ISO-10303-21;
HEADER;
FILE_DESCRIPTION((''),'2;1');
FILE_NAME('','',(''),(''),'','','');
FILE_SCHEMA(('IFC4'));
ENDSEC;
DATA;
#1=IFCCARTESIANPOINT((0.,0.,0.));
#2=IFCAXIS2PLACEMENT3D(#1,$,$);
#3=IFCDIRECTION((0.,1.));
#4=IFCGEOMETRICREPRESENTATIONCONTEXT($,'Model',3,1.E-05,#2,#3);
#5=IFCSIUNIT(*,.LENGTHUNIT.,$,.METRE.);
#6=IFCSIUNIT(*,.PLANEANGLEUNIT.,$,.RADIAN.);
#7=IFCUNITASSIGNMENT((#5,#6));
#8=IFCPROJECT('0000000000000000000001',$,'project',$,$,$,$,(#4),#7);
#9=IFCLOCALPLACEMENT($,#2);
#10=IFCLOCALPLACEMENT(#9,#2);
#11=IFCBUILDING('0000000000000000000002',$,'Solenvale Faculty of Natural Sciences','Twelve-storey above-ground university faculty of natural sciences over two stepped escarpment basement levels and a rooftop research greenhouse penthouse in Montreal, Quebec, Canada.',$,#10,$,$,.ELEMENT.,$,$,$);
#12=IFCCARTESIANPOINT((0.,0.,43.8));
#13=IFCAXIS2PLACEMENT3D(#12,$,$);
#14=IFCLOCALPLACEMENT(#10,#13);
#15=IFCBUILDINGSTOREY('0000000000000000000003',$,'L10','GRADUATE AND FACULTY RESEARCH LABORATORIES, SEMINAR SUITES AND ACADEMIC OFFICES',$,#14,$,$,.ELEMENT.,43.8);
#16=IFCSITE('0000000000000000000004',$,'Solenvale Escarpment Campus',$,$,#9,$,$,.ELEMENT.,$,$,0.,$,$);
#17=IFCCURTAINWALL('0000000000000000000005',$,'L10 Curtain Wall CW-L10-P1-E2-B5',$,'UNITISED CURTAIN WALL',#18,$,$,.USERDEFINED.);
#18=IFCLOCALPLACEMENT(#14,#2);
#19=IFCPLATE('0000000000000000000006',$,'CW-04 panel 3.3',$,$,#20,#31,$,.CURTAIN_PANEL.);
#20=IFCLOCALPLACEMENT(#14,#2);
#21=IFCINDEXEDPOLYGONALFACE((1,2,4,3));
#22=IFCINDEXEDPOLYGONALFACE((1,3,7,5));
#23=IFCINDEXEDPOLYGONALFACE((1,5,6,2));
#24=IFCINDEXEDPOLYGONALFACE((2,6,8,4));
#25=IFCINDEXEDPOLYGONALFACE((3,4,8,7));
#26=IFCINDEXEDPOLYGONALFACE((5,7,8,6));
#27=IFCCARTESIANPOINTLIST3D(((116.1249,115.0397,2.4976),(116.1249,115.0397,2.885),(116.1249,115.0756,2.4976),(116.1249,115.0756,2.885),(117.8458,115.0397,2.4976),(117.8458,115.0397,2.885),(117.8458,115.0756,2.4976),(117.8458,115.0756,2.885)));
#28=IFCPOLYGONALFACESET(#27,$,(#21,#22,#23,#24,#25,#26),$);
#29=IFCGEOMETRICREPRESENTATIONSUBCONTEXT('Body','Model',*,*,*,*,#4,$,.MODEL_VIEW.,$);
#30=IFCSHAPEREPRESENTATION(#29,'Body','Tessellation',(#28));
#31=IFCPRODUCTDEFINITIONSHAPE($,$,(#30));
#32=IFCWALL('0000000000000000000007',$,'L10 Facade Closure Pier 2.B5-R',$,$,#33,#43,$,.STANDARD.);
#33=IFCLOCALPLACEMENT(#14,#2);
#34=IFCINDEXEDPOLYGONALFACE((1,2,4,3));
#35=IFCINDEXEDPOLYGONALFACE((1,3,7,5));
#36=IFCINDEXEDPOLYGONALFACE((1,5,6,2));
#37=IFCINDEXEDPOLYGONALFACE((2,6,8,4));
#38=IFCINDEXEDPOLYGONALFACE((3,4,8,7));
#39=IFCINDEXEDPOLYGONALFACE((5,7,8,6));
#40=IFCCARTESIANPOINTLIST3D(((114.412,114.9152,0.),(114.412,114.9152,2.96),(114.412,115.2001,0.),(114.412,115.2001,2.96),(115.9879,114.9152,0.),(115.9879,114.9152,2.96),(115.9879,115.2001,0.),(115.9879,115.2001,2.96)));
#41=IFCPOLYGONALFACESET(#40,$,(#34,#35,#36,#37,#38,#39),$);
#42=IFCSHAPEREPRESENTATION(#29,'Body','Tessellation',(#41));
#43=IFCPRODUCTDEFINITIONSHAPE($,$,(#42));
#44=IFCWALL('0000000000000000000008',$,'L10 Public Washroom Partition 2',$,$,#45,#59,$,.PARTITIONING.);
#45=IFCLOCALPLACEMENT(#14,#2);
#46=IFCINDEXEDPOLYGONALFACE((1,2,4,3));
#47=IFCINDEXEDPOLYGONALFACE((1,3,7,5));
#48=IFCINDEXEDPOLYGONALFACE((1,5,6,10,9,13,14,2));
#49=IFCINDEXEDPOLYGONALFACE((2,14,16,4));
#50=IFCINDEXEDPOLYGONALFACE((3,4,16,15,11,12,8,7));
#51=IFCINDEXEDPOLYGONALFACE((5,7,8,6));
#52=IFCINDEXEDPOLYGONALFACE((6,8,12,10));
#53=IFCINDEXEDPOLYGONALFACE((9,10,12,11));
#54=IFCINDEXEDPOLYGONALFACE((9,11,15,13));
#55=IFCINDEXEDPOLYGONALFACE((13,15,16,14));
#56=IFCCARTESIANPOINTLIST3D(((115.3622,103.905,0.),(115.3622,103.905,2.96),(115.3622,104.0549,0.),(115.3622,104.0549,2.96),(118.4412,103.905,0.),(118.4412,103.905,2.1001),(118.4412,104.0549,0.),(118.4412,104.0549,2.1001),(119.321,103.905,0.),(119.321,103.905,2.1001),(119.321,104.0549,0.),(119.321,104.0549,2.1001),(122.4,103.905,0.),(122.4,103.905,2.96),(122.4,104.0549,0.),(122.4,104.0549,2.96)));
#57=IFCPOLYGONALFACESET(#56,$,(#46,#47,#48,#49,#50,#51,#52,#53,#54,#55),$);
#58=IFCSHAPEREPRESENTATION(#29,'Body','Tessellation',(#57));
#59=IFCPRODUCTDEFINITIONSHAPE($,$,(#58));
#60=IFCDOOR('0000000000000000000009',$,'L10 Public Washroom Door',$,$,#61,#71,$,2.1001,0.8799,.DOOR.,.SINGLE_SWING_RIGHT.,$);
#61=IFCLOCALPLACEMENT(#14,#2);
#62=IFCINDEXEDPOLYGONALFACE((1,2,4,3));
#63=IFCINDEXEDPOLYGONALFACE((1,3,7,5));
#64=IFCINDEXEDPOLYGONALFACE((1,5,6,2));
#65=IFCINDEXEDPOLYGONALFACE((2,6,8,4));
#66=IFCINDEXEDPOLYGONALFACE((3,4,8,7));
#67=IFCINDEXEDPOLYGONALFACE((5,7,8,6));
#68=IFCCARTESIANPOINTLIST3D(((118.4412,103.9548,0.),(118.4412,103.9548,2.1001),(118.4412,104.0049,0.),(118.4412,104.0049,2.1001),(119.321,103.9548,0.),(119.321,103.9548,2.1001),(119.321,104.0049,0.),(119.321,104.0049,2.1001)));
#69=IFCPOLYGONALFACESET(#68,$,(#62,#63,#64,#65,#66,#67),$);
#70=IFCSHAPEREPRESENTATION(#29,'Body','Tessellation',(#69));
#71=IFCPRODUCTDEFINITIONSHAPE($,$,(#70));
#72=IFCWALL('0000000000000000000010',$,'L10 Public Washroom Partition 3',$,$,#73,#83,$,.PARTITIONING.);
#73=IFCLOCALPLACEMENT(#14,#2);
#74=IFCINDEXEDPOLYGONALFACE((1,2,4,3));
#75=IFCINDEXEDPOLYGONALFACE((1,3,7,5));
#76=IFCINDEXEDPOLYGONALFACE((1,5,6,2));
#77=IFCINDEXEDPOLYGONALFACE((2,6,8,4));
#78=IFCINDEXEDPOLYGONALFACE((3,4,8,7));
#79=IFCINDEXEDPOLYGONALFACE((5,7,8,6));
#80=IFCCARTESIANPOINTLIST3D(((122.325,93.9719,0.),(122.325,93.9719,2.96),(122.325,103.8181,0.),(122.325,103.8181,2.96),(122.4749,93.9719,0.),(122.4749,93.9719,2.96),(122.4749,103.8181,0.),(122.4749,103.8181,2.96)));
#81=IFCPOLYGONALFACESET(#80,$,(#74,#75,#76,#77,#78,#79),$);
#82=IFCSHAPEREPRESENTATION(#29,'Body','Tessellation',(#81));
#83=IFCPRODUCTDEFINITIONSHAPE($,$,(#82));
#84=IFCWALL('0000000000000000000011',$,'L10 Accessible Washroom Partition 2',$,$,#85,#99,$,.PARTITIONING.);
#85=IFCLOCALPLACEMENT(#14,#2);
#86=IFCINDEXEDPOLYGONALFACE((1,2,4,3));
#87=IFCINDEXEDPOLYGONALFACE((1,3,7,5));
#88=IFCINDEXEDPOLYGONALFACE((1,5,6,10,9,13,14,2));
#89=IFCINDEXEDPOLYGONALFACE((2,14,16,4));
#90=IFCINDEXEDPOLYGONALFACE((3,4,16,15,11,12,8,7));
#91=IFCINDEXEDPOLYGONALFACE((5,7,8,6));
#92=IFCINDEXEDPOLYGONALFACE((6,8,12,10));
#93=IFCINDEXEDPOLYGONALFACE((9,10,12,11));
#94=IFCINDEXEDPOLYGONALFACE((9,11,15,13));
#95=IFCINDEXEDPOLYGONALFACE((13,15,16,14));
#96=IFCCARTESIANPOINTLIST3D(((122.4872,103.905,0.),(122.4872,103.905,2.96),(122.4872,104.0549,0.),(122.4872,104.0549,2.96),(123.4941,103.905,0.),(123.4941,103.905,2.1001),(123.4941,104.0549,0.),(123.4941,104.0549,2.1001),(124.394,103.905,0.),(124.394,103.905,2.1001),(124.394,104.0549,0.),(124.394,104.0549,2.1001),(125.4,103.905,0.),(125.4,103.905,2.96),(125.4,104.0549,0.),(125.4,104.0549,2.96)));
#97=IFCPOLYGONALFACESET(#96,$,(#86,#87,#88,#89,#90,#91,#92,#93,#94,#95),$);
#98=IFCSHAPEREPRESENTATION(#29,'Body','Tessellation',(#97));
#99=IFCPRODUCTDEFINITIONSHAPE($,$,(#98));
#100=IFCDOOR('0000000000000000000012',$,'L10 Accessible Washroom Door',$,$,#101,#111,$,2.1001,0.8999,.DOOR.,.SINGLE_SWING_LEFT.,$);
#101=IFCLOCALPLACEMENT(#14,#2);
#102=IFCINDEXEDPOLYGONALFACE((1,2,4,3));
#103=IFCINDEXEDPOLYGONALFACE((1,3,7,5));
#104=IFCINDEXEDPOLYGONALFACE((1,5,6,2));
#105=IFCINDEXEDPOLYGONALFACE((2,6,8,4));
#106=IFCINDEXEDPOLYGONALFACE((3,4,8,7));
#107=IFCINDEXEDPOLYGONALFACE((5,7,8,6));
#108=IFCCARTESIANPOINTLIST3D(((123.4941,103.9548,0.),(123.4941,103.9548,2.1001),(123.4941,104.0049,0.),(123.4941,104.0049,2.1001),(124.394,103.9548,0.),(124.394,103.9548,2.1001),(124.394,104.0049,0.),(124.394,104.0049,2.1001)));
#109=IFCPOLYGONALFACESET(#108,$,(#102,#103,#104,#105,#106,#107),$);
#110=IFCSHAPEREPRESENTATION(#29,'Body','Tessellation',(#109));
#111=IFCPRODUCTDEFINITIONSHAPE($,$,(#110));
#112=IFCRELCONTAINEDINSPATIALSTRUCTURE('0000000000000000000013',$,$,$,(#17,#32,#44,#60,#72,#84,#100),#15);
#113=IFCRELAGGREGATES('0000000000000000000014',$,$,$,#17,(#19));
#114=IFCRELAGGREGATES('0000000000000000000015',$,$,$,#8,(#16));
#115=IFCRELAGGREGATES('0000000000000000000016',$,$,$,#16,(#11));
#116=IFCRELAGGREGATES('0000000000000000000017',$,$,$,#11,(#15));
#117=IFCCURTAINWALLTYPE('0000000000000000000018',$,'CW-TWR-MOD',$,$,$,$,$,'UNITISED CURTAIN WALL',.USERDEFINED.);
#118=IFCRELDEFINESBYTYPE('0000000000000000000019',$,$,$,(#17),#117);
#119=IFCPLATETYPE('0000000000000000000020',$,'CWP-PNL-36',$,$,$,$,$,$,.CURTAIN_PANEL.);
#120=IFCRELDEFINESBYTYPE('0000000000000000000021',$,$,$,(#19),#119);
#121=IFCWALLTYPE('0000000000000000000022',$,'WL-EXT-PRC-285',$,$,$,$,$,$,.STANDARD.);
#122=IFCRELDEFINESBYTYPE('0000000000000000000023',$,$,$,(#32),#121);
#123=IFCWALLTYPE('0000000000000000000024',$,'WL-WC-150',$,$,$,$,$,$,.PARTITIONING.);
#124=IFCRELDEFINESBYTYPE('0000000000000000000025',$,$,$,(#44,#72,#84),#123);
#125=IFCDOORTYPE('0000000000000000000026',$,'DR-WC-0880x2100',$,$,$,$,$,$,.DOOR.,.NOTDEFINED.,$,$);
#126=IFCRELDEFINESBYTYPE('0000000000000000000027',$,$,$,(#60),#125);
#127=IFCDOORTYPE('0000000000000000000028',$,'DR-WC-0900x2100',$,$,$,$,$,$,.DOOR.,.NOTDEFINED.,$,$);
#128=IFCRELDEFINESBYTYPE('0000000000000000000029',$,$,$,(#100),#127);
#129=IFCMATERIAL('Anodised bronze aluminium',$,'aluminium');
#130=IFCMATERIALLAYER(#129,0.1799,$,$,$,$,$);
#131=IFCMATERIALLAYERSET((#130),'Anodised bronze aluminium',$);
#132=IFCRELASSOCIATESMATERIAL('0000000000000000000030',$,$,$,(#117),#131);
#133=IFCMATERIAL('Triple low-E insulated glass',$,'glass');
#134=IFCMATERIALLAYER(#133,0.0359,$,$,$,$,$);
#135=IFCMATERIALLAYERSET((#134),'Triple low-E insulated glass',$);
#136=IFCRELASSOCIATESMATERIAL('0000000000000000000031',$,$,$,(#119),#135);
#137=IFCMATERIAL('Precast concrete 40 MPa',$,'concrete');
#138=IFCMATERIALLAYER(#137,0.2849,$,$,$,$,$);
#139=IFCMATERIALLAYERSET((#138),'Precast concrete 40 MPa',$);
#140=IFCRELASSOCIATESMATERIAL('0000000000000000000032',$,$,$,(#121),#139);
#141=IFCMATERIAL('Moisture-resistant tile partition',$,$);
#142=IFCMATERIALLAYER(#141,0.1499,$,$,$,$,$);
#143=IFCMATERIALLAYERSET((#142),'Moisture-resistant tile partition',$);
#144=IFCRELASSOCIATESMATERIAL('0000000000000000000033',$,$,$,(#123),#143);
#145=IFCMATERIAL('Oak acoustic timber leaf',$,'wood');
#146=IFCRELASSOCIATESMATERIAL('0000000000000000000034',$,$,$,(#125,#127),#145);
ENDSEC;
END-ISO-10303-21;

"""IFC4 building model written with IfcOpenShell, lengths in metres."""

from ifc_helpers import new_model, si_unit, direction, frame, frame_2d, origin, origin_2d, place, context, subcontext, project, spatial, rectangle, extrude, material, layer, layer_set, type_object, element, fill, aggregate, save


model = new_model("IFC4")

# Units and contexts
model_context = context("Model", 3, precision=1e-05, world=origin(), true_north=direction((0.0, 1.0)))
body_context = subcontext(model_context, "Body", "Model", "MODEL_VIEW")
ifc_project = project(units=[si_unit("LENGTHUNIT", "METRE"), si_unit("PLANEANGLEUNIT", "RADIAN")], contexts=[model_context])

# Site, building, storey
site_placement = place(None, origin())
site = spatial("IfcSite", under=ifc_project, at=site_placement, Name="Solenvale Escarpment Campus", CompositionType="ELEMENT", RefElevation=0.0)
building_placement = place(site_placement, origin())
building = spatial("IfcBuilding", under=site, at=building_placement, Name="Solenvale Faculty of Natural Sciences", Description="Twelve-storey above-ground university faculty of natural sciences over two stepped escarpment basement levels and a rooftop research greenhouse penthouse in Montreal, Quebec, Canada.", CompositionType="ELEMENT")
storey_placement = place(building_placement, frame((0.0, 0.0, 43.8)))
storey = spatial("IfcBuildingStorey", under=building, at=storey_placement, Name="L10", Description="GRADUATE AND FACULTY RESEARCH LABORATORIES, SEMINAR SUITES AND ACADEMIC OFFICES", CompositionType="ELEMENT", Elevation=43.8)

# Curtain wall
ifc_material_1 = material(Name="Anodised bronze aluminium", Category="aluminium")
ifc_layer_1 = layer(ifc_material_1, 0.1799)
ifc_layer_set_1 = layer_set([ifc_layer_1], Name="Anodised bronze aluminium")
curtain_wall_type = type_object("IfcCurtainWallType", Name="CW-TWR-MOD", ElementType="UNITISED CURTAIN WALL", PredefinedType="USERDEFINED", material=ifc_layer_set_1)
curtain_wall_1_placement = place(storey_placement, origin())
curtain_wall_1 = element("IfcCurtainWall", 1, at=curtain_wall_1_placement, inside=storey, type_object=curtain_wall_type, Name="L10 Curtain Wall CW-L10-P1-E2-B5", ObjectType="UNITISED CURTAIN WALL", PredefinedType="USERDEFINED")

# Plate
ifc_material_2 = material(Name="Triple low-E insulated glass", Category="glass")
ifc_layer_2 = layer(ifc_material_2, 0.0359)
ifc_layer_set_2 = layer_set([ifc_layer_2], Name="Triple low-E insulated glass")
plate_type = type_object("IfcPlateType", Name="CWP-PNL-36", PredefinedType="CURTAIN_PANEL", material=ifc_layer_set_2)
plate_1_placement = place(storey_placement, frame((116.9854, 115.0576, 2.4976), z_axis=(0.0, 0.0, 1.0), x_axis=(-1.0, 0.0, 0.0)))
plate_1 = element("IfcPlate", 2, at=plate_1_placement, type_object=plate_type, Name="CW-04 panel 3.3", PredefinedType="CURTAIN_PANEL", context=body_context, shape_type="SweptSolid", body=[
    extrude(rectangle(XDim=1.7209, YDim=0.0359, at=origin_2d()), origin(), (0.0, 0.0, 1.0), 0.3875),
])
aggregate(curtain_wall_1, [plate_1])

# Wall
ifc_material_3 = material(Name="Precast concrete 40 MPa", Category="concrete")
ifc_layer_3 = layer(ifc_material_3, 0.2849)
ifc_layer_set_3 = layer_set([ifc_layer_3], Name="Precast concrete 40 MPa")
wall_type_1 = type_object("IfcWallType", Name="WL-EXT-PRC-285", PredefinedType="STANDARD", material=ifc_layer_set_3)
wall_1_placement = place(storey_placement, frame((115.988, 115.0576, 0.0), z_axis=(0.0, 0.0, 1.0), x_axis=(-1.0, 0.0, 0.0)))
element("IfcWall", 3, at=wall_1_placement, inside=storey, type_object=wall_type_1, Name="L10 Facade Closure Pier 2.B5-R", PredefinedType="STANDARD", context=body_context, shape_type="SweptSolid", body=[
    extrude(rectangle(XDim=1.5759, YDim=0.2849, at=frame_2d((0.7881, 0.0))), origin(), (0.0, 0.0, 1.0), 2.96),
])

# Wall, opening, door
ifc_material_4 = material(Name="Moisture-resistant tile partition")
ifc_layer_4 = layer(ifc_material_4, 0.1499)
ifc_layer_set_4 = layer_set([ifc_layer_4], Name="Moisture-resistant tile partition")
wall_type_2 = type_object("IfcWallType", Name="WL-WC-150", PredefinedType="PARTITIONING", material=ifc_layer_set_4)
wall_2_placement = place(storey_placement, frame((115.3621, 103.98, 0.0), z_axis=(0.0, 0.0, 1.0), x_axis=(1.0, 0.0, 0.0)))
wall_2 = element("IfcWall", 4, at=wall_2_placement, inside=storey, type_object=wall_type_2, Name="L10 Public Washroom Partition 2", PredefinedType="PARTITIONING", context=body_context, shape_type="SweptSolid", body=[
    extrude(rectangle(XDim=7.0378, YDim=0.1499, at=frame_2d((3.519, 0.0))), origin(), (0.0, 0.0, 1.0), 2.96),
])
opening_1_placement = place(wall_2_placement, frame((3.0791, 0.0, 0.0)))
opening_1 = element("IfcOpeningElement", 5, at=opening_1_placement, cuts=wall_2, PredefinedType="OPENING", context=body_context, shape_type="SweptSolid", body=[
    extrude(rectangle(XDim=0.8799, YDim=2.1001, at=frame_2d((0.4399, 1.05))), frame((0.0, 0.085, 0.0), z_axis=(0.0, -1.0, 0.0), x_axis=(1.0, 0.0, 0.0)), (0.0, 0.0, 1.0), 0.1699),
])
ifc_material_5 = material(Name="Oak acoustic timber leaf", Category="wood")
door_type_1 = type_object("IfcDoorType", Name="DR-WC-0880x2100", OperationType="NOTDEFINED", PredefinedType="DOOR", material=ifc_material_5)
door_1_placement = place(opening_1_placement, origin())
door_1 = element("IfcDoor", 6, at=door_1_placement, inside=storey, type_object=door_type_1, Name="L10 Public Washroom Door", OperationType="SINGLE_SWING_RIGHT", OverallHeight=2.1001, OverallWidth=0.8799, PredefinedType="DOOR", context=body_context, shape_type="SweptSolid", body=[
    extrude(rectangle(XDim=0.8799, YDim=2.1001, at=frame_2d((0.4399, 1.05))), frame((0.0, 0.0249, 0.0), z_axis=(0.0, -1.0, 0.0), x_axis=(1.0, 0.0, 0.0)), (0.0, 0.0, 1.0), 0.05),
])
fill(opening_1, door_1)

# Wall
wall_3_placement = place(storey_placement, frame((122.3999, 103.8181, 0.0), z_axis=(0.0, 0.0, 1.0), x_axis=(0.0, -1.0, 0.0)))
element("IfcWall", 7, at=wall_3_placement, inside=storey, type_object=wall_type_2, Name="L10 Public Washroom Partition 3", PredefinedType="PARTITIONING", context=body_context, shape_type="SweptSolid", body=[
    extrude(rectangle(XDim=9.8462, YDim=0.1499, at=frame_2d((4.9231, 0.0))), origin(), (0.0, 0.0, 1.0), 2.96),
])

# Wall, opening, door
wall_4_placement = place(storey_placement, frame((122.4871, 103.98, 0.0), z_axis=(0.0, 0.0, 1.0), x_axis=(1.0, 0.0, 0.0)))
wall_4 = element("IfcWall", 8, at=wall_4_placement, inside=storey, type_object=wall_type_2, Name="L10 Accessible Washroom Partition 2", PredefinedType="PARTITIONING", context=body_context, shape_type="SweptSolid", body=[
    extrude(rectangle(XDim=2.9128, YDim=0.1499, at=frame_2d((1.4565, 0.0))), origin(), (0.0, 0.0, 1.0), 2.96),
])
opening_2_placement = place(wall_4_placement, frame((1.0071, 0.0, 0.0)))
opening_2 = element("IfcOpeningElement", 9, at=opening_2_placement, cuts=wall_4, PredefinedType="OPENING", context=body_context, shape_type="SweptSolid", body=[
    extrude(rectangle(XDim=0.8999, YDim=2.1001, at=frame_2d((0.45, 1.05))), frame((0.0, 0.085, 0.0), z_axis=(0.0, -1.0, 0.0), x_axis=(1.0, 0.0, 0.0)), (0.0, 0.0, 1.0), 0.1699),
])
door_type_2 = type_object("IfcDoorType", Name="DR-WC-0900x2100", OperationType="NOTDEFINED", PredefinedType="DOOR", material=ifc_material_5)
door_2_placement = place(opening_2_placement, origin())
door_2 = element("IfcDoor", 10, at=door_2_placement, inside=storey, type_object=door_type_2, Name="L10 Accessible Washroom Door", OperationType="SINGLE_SWING_LEFT", OverallHeight=2.1001, OverallWidth=0.8999, PredefinedType="DOOR", context=body_context, shape_type="SweptSolid", body=[
    extrude(rectangle(XDim=0.8999, YDim=2.1001, at=frame_2d((0.45, 1.05))), frame((0.0, 0.0249, 0.0), z_axis=(0.0, -1.0, 0.0), x_axis=(1.0, 0.0, 0.0)), (0.0, 0.0, 1.0), 0.05),
])
fill(opening_2, door_2)

save(model, "model.ifc")
